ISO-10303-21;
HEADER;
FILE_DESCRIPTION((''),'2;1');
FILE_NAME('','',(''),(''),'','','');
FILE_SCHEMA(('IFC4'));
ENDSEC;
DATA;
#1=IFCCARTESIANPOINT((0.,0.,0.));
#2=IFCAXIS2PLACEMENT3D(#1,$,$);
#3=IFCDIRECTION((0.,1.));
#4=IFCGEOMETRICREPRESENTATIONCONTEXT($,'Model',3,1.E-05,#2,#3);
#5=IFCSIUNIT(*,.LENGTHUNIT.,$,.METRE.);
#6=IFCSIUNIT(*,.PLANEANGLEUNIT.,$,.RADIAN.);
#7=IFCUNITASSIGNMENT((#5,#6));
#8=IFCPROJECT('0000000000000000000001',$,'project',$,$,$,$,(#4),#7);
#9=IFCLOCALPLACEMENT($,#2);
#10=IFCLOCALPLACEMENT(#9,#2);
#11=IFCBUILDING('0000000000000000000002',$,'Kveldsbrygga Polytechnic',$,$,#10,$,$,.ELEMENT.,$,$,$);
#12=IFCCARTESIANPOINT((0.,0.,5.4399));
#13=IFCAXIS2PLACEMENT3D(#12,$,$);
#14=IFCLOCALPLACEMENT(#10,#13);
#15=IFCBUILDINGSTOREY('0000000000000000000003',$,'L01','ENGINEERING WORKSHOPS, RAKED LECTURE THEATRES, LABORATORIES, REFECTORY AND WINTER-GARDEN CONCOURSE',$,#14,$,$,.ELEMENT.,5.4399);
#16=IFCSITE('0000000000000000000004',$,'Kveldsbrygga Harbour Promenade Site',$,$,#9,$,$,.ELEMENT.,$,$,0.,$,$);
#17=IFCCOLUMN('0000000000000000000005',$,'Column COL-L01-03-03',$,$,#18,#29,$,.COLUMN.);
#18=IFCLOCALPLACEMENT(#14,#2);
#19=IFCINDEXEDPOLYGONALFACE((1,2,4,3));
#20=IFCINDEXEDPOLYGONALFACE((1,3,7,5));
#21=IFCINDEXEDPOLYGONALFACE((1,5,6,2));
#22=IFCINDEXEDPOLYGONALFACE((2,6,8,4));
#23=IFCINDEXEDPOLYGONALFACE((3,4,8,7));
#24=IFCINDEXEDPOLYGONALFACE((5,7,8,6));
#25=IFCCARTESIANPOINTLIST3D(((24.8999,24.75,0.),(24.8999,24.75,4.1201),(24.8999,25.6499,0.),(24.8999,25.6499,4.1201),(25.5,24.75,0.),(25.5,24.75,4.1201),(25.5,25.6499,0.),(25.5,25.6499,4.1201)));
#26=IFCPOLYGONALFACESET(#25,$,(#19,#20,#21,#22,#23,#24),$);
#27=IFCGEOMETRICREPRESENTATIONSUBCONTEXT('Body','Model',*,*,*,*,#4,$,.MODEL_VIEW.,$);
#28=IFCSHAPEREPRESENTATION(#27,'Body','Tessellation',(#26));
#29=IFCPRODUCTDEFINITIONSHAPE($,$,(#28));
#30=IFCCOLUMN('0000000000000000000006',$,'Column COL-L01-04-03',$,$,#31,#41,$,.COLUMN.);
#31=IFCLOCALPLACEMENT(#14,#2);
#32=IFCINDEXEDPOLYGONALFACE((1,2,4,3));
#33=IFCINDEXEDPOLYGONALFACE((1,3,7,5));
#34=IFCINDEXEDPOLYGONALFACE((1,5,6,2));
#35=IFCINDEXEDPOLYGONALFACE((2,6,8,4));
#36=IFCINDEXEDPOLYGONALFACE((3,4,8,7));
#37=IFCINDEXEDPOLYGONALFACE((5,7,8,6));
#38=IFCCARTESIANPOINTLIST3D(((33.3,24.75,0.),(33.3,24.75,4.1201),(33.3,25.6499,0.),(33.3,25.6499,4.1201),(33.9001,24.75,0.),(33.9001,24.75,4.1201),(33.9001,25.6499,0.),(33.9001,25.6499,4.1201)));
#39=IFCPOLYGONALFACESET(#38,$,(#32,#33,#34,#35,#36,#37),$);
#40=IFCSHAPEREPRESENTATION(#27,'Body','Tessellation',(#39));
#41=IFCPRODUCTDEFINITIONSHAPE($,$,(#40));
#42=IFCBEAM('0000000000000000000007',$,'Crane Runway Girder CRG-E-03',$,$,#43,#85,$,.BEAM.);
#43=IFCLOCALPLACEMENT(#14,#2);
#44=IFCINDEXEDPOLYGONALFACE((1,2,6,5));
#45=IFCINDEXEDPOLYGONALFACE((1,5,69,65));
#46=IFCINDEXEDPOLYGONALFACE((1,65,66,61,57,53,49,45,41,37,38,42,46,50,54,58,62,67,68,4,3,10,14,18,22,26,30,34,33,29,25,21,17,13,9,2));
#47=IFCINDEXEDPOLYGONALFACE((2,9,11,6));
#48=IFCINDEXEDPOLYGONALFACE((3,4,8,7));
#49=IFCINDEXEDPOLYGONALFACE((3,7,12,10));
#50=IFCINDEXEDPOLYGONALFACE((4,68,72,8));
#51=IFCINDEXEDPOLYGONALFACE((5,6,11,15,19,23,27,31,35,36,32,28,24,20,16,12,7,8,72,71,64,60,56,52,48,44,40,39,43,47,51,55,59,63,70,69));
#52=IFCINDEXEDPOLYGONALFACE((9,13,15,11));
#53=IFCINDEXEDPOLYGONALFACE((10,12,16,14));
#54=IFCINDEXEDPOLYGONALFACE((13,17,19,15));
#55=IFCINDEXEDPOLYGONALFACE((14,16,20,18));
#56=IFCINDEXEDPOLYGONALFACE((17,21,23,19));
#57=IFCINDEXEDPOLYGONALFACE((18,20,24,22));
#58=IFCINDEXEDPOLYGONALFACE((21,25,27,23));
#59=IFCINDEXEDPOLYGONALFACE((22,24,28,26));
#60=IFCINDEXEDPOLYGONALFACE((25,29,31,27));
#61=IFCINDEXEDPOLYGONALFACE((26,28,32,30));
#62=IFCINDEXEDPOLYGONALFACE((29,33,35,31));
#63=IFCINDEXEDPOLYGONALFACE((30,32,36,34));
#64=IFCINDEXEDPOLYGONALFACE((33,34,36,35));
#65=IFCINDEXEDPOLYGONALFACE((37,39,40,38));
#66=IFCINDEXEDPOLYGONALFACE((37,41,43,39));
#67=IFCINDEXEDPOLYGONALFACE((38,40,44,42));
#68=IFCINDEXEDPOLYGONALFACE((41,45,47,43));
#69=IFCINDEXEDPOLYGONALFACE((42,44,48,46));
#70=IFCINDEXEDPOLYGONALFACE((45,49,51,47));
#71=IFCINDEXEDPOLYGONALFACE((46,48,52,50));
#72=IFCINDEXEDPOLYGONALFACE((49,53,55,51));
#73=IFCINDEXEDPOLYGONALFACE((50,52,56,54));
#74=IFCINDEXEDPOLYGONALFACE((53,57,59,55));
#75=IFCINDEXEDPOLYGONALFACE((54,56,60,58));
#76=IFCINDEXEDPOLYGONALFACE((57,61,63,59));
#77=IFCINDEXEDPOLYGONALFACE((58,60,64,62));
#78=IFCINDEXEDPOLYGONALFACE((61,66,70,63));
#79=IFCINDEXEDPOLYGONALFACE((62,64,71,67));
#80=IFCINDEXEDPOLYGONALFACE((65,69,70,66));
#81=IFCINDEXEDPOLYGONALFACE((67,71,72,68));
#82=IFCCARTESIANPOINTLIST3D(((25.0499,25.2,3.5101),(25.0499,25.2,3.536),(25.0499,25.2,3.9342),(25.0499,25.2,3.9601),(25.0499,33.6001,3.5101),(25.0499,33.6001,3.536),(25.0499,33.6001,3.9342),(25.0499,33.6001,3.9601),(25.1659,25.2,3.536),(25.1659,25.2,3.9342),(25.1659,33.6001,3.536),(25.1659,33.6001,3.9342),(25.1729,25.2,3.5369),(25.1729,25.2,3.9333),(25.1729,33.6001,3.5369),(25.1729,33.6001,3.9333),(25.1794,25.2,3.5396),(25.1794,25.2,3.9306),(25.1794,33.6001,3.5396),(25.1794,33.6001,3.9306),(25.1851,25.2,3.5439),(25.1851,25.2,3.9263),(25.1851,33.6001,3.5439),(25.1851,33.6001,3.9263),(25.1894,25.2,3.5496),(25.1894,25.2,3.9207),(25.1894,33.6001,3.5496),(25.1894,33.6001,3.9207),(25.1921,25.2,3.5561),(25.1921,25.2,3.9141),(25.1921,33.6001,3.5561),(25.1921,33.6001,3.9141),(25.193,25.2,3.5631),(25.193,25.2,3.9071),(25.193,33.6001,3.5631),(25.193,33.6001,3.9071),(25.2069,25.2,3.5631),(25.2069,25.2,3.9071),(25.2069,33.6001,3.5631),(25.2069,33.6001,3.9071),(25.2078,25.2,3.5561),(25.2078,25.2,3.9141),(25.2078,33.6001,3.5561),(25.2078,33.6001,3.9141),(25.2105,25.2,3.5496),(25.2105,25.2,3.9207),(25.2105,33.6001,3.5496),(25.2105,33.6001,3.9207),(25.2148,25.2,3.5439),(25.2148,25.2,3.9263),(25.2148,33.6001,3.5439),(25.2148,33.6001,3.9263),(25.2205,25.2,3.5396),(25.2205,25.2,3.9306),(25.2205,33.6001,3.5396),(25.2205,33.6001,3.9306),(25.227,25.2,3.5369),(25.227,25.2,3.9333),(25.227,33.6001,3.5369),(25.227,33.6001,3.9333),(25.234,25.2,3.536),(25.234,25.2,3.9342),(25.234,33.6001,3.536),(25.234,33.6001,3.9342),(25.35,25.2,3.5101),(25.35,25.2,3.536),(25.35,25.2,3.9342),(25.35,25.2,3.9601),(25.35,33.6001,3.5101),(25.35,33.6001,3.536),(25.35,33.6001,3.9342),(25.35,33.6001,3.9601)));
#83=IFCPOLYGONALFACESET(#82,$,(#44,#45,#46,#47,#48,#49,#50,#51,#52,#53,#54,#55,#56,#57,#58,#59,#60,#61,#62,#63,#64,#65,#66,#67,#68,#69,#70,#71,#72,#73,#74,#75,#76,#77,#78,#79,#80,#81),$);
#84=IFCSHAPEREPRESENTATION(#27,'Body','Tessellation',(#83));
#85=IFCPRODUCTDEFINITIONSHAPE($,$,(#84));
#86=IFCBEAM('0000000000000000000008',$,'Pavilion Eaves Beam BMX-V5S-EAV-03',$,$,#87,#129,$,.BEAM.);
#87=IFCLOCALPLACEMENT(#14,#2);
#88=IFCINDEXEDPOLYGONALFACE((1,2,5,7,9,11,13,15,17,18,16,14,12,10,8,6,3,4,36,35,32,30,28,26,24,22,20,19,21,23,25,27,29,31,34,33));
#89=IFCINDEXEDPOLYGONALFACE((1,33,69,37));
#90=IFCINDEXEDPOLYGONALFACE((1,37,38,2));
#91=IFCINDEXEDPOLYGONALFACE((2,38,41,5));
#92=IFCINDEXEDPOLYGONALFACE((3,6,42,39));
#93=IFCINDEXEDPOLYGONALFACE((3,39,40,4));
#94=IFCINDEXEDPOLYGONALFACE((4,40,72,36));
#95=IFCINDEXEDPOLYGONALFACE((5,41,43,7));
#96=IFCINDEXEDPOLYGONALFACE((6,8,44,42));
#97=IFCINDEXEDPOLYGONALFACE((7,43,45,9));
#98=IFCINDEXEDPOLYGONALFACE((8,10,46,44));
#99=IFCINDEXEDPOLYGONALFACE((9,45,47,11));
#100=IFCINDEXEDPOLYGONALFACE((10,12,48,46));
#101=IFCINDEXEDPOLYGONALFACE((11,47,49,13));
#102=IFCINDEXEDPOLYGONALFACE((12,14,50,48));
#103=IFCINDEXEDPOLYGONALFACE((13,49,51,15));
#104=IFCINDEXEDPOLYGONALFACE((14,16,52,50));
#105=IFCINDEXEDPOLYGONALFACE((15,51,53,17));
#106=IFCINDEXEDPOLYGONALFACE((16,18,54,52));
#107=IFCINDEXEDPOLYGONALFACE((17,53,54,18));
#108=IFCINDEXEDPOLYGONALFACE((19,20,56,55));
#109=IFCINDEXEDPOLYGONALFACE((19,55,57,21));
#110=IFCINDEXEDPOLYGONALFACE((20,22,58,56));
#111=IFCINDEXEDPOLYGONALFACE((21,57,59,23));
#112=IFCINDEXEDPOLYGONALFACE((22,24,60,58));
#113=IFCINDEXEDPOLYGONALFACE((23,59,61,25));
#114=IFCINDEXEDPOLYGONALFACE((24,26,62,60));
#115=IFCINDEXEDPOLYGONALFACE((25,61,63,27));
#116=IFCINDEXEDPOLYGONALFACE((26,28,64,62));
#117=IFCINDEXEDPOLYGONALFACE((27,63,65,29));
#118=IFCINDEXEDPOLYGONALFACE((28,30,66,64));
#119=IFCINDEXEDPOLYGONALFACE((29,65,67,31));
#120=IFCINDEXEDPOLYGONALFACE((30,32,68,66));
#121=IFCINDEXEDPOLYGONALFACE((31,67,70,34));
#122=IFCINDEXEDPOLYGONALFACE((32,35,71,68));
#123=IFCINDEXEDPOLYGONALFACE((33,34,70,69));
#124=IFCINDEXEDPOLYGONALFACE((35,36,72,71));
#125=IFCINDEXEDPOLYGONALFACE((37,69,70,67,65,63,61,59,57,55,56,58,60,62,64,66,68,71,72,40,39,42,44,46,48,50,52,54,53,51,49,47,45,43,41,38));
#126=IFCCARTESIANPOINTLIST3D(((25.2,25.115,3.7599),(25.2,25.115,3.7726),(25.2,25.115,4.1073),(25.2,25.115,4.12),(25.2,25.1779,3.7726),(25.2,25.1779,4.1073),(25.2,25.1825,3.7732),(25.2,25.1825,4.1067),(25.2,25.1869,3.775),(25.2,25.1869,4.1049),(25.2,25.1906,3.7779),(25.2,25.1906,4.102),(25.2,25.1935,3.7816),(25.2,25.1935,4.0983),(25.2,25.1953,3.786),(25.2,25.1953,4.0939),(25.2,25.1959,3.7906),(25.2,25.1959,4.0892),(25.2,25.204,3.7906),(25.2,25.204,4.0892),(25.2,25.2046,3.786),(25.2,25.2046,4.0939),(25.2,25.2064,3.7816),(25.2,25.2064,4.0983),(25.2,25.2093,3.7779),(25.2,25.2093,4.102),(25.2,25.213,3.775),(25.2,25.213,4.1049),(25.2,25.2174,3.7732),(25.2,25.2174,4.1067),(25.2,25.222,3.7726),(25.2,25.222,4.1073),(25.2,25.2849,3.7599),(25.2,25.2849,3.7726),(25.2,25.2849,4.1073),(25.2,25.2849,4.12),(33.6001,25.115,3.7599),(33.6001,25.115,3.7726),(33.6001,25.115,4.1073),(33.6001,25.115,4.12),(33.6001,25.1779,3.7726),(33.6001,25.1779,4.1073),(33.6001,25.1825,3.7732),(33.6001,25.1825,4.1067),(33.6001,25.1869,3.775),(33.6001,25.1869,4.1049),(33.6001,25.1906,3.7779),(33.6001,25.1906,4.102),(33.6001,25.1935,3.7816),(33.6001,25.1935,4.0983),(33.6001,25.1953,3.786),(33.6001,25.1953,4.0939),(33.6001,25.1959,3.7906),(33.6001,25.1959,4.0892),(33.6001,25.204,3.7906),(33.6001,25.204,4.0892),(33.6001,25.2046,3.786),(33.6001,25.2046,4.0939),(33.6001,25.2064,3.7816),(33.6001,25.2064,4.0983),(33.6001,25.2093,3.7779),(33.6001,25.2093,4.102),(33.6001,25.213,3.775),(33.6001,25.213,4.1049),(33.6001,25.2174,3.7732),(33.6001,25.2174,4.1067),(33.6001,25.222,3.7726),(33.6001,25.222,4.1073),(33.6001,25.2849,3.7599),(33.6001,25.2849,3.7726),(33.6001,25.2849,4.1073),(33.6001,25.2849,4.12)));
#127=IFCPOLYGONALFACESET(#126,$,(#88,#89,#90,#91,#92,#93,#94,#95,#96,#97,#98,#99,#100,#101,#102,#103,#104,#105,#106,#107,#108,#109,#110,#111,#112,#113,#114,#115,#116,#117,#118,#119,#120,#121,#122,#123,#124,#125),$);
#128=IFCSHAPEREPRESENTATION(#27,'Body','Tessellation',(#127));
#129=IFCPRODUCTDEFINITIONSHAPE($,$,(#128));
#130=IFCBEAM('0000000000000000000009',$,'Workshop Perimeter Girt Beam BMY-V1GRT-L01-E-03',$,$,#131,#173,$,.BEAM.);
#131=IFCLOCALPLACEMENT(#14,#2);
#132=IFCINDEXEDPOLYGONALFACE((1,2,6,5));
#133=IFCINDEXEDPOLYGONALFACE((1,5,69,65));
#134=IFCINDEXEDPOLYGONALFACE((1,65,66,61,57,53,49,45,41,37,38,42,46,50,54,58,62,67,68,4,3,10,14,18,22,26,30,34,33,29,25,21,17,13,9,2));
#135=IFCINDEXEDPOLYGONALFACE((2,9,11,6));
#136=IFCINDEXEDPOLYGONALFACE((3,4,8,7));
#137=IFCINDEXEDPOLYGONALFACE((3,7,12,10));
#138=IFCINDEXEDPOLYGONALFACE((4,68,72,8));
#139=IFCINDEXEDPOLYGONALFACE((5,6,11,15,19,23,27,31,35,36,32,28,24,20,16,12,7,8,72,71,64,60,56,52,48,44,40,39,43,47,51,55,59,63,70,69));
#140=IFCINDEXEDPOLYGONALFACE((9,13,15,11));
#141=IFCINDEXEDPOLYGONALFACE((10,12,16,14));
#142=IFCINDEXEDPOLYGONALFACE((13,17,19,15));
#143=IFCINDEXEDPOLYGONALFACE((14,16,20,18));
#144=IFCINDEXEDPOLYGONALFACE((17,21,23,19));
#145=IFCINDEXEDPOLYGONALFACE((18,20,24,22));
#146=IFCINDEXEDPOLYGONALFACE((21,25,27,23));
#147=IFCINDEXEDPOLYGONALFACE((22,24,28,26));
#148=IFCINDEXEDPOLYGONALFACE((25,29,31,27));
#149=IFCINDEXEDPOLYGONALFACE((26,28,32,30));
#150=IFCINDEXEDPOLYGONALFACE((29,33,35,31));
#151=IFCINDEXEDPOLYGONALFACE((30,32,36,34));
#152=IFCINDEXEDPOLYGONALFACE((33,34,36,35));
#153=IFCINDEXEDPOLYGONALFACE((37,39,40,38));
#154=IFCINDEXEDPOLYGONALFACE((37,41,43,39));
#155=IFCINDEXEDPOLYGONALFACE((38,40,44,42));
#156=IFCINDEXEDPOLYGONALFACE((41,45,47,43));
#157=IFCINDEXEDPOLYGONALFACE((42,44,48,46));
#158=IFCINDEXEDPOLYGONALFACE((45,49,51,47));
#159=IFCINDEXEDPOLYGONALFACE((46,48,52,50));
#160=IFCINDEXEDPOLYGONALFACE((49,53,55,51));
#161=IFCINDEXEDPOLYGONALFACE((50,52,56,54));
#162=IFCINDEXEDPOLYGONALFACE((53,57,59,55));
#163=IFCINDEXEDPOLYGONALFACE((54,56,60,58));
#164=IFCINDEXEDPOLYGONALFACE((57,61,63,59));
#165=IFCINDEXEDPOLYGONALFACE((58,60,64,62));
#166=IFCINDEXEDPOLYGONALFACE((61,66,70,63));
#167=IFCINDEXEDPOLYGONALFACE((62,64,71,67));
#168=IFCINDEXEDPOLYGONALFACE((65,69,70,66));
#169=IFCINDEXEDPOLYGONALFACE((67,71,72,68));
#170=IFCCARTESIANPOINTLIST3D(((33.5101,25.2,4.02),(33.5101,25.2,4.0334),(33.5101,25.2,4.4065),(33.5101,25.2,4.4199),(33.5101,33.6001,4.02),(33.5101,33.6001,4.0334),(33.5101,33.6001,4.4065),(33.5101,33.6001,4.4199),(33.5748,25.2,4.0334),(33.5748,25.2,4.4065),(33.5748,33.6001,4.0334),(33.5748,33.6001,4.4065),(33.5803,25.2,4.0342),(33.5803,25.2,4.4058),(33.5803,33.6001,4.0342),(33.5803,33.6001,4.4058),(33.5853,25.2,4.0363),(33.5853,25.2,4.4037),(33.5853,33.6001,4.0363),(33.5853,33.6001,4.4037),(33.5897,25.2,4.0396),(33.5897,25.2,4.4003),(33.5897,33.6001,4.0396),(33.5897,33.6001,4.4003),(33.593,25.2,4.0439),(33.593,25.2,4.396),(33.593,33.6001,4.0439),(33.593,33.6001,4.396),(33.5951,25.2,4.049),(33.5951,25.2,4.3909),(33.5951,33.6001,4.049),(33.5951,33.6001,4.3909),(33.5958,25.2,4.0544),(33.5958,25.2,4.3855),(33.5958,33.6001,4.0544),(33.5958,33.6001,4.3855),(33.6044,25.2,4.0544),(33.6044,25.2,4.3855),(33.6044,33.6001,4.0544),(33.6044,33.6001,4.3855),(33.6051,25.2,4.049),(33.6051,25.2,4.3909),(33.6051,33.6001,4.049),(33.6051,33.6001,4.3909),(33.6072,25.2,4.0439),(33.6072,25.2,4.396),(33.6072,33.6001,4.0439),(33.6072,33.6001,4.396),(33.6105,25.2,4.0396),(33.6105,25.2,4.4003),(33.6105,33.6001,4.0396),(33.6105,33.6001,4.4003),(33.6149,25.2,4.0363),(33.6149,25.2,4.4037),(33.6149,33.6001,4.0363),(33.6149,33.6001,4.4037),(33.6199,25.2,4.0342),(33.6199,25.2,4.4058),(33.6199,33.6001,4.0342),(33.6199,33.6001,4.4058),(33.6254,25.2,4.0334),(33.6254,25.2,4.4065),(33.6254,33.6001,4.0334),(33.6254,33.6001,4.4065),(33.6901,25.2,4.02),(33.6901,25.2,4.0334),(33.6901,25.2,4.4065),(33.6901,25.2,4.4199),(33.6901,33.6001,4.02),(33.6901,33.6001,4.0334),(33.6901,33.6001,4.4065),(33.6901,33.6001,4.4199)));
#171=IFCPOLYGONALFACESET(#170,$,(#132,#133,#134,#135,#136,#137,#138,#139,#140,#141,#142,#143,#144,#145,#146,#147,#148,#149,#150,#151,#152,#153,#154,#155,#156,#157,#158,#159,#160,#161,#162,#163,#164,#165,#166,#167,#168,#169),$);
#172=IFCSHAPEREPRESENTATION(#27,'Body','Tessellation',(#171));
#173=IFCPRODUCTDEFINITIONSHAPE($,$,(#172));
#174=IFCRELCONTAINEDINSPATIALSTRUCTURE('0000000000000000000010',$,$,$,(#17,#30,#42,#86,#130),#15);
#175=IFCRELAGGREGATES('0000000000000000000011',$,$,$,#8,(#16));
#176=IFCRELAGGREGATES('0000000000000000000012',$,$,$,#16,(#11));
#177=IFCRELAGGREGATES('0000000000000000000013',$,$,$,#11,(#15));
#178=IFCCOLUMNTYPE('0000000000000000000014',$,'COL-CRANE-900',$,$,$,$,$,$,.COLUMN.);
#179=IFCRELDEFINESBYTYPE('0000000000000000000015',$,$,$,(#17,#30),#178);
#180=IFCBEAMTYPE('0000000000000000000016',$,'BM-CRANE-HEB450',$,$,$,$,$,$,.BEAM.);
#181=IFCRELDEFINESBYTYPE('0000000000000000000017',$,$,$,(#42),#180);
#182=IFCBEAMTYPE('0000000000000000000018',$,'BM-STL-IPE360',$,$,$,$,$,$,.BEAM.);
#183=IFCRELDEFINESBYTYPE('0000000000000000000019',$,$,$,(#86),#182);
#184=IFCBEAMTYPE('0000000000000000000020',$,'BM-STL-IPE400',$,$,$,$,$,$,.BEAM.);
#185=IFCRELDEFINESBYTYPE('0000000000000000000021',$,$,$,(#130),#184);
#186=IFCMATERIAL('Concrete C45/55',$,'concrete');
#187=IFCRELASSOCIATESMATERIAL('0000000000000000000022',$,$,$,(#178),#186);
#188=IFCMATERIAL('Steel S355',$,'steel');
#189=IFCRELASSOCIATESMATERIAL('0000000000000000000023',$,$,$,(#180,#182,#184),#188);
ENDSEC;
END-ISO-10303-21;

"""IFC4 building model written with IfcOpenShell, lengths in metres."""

from ifc_helpers import new_model, si_unit, direction, frame, origin, origin_2d, place, context, subcontext, project, spatial, rectangle, i_section, extrude, material, material_profile, profile_set, type_object, element, save


model = new_model("IFC4")

# Units and contexts
model_context = context("Model", 3, precision=1e-05, world=origin(), true_north=direction((0.0, 1.0)))
body_context = subcontext(model_context, "Body", "Model", "MODEL_VIEW")
ifc_project = project(units=[si_unit("LENGTHUNIT", "METRE"), si_unit("PLANEANGLEUNIT", "RADIAN")], contexts=[model_context])

# Site, building, storey
site_placement = place(None, origin())
site = spatial("IfcSite", under=ifc_project, at=site_placement, Name="Kveldsbrygga Harbour Promenade Site", CompositionType="ELEMENT", RefElevation=0.0)
building_placement = place(site_placement, origin())
building = spatial("IfcBuilding", under=site, at=building_placement, Name="Kveldsbrygga Polytechnic", CompositionType="ELEMENT")
storey_placement = place(building_placement, frame((0.0, 0.0, 5.4399)))
storey = spatial("IfcBuildingStorey", under=building, at=storey_placement, Name="L01", Description="ENGINEERING WORKSHOPS, RAKED LECTURE THEATRES, LABORATORIES, REFECTORY AND WINTER-GARDEN CONCOURSE", CompositionType="ELEMENT", Elevation=5.4399)

# Columns
ifc_material_1 = material(Name="Concrete C45/55", Category="concrete")
ifc_material_profile_1 = material_profile(ifc_material_1, rectangle(XDim=0.6001, YDim=0.8999, at=origin_2d()), Name="RC 600x900")
ifc_profile_set_1 = profile_set([ifc_material_profile_1], Name="Concrete C45/55")
column_type = type_object("IfcColumnType", Name="COL-CRANE-900", PredefinedType="COLUMN", material=ifc_profile_set_1)
for number, where, z_axis, x_axis, name in (
    (1, (25.2, 25.2, 0.0), (0.0, 0.0, 1.0), (1.0, 0.0, 0.0), "Column COL-L01-03-03"),
    (2, (33.6001, 25.2, 0.0), (0.0, 0.0, 1.0), (1.0, 0.0, 0.0), "Column COL-L01-04-03"),
):
    element("IfcColumn", number, at=place(storey_placement, frame(where, z_axis=z_axis, x_axis=x_axis)), inside=storey, type_object=column_type, Name=name, PredefinedType="COLUMN", context=body_context, shape_type="SweptSolid", body=[
        extrude(rectangle(XDim=0.6001, YDim=0.8999, at=origin_2d()), origin(), (0.0, 0.0, 1.0), 4.1201),
    ])

# Beams
ifc_material_2 = material(Name="Steel S355", Category="steel")
ifc_material_profile_2 = material_profile(ifc_material_2, i_section(OverallWidth=0.3, OverallDepth=0.45, WebThickness=0.0139, FlangeThickness=0.0259, FilletRadius=0.0271, at=origin_2d()), Name="HEB 450")
ifc_profile_set_2 = profile_set([ifc_material_profile_2], Name="Steel S355")
beam_type_1 = type_object("IfcBeamType", Name="BM-CRANE-HEB450", PredefinedType="BEAM", material=ifc_profile_set_2)
beam_1_placement = place(storey_placement, frame((25.2, 25.2, 3.7351), z_axis=(0.0, 1.0, 0.0), x_axis=(-1.0, 0.0, 0.0)))
element("IfcBeam", 3, at=beam_1_placement, inside=storey, type_object=beam_type_1, Name="Crane Runway Girder CRG-E-03", PredefinedType="BEAM", context=body_context, shape_type="SweptSolid", body=[
    extrude(i_section(OverallWidth=0.3, OverallDepth=0.45, WebThickness=0.0139, FlangeThickness=0.0259, FilletRadius=0.0271, at=origin_2d()), origin(), (0.0, 0.0, 1.0), 8.4001),
])
ifc_material_profile_3 = material_profile(ifc_material_2, i_section(OverallWidth=0.1699, OverallDepth=0.3601, WebThickness=0.0081, FlangeThickness=0.0127, FilletRadius=0.0181, at=origin_2d()), Name="IPE 360")
ifc_profile_set_3 = profile_set([ifc_material_profile_3], Name="Steel S355")
beam_type_2 = type_object("IfcBeamType", Name="BM-STL-IPE360", PredefinedType="BEAM", material=ifc_profile_set_3)
beam_2_placement = place(storey_placement, frame((25.2, 25.2, 3.9399), z_axis=(1.0, 0.0, 0.0), x_axis=(0.0, 1.0, 0.0)))
element("IfcBeam", 4, at=beam_2_placement, inside=storey, type_object=beam_type_2, Name="Pavilion Eaves Beam BMX-V5S-EAV-03", PredefinedType="BEAM", context=body_context, shape_type="SweptSolid", body=[
    extrude(i_section(OverallWidth=0.1699, OverallDepth=0.3601, WebThickness=0.0081, FlangeThickness=0.0127, FilletRadius=0.0181, at=origin_2d()), origin(), (0.0, 0.0, 1.0), 8.4001),
])
ifc_material_profile_4 = material_profile(ifc_material_2, i_section(OverallWidth=0.1799, OverallDepth=0.3999, WebThickness=0.0085, FlangeThickness=0.0134, FilletRadius=0.021, at=origin_2d()), Name="IPE 400")
ifc_profile_set_4 = profile_set([ifc_material_profile_4], Name="Steel S355")
beam_type_3 = type_object("IfcBeamType", Name="BM-STL-IPE400", PredefinedType="BEAM", material=ifc_profile_set_4)
for number, where, z_axis, x_axis, name in (
    (5, (33.6001, 25.2, 4.22), (0.0, 1.0, 0.0), (-1.0, 0.0, 0.0), "Workshop Perimeter Girt Beam BMY-V1GRT-L01-E-03"),
):
    element("IfcBeam", number, at=place(storey_placement, frame(where, z_axis=z_axis, x_axis=x_axis)), inside=storey, type_object=beam_type_3, Name=name, PredefinedType="BEAM", context=body_context, shape_type="SweptSolid", body=[
        extrude(i_section(OverallWidth=0.1799, OverallDepth=0.3999, WebThickness=0.0085, FlangeThickness=0.0134, FilletRadius=0.021, at=origin_2d()), origin(), (0.0, 0.0, 1.0), 8.4001),
    ])

save(model, "model.ifc")
